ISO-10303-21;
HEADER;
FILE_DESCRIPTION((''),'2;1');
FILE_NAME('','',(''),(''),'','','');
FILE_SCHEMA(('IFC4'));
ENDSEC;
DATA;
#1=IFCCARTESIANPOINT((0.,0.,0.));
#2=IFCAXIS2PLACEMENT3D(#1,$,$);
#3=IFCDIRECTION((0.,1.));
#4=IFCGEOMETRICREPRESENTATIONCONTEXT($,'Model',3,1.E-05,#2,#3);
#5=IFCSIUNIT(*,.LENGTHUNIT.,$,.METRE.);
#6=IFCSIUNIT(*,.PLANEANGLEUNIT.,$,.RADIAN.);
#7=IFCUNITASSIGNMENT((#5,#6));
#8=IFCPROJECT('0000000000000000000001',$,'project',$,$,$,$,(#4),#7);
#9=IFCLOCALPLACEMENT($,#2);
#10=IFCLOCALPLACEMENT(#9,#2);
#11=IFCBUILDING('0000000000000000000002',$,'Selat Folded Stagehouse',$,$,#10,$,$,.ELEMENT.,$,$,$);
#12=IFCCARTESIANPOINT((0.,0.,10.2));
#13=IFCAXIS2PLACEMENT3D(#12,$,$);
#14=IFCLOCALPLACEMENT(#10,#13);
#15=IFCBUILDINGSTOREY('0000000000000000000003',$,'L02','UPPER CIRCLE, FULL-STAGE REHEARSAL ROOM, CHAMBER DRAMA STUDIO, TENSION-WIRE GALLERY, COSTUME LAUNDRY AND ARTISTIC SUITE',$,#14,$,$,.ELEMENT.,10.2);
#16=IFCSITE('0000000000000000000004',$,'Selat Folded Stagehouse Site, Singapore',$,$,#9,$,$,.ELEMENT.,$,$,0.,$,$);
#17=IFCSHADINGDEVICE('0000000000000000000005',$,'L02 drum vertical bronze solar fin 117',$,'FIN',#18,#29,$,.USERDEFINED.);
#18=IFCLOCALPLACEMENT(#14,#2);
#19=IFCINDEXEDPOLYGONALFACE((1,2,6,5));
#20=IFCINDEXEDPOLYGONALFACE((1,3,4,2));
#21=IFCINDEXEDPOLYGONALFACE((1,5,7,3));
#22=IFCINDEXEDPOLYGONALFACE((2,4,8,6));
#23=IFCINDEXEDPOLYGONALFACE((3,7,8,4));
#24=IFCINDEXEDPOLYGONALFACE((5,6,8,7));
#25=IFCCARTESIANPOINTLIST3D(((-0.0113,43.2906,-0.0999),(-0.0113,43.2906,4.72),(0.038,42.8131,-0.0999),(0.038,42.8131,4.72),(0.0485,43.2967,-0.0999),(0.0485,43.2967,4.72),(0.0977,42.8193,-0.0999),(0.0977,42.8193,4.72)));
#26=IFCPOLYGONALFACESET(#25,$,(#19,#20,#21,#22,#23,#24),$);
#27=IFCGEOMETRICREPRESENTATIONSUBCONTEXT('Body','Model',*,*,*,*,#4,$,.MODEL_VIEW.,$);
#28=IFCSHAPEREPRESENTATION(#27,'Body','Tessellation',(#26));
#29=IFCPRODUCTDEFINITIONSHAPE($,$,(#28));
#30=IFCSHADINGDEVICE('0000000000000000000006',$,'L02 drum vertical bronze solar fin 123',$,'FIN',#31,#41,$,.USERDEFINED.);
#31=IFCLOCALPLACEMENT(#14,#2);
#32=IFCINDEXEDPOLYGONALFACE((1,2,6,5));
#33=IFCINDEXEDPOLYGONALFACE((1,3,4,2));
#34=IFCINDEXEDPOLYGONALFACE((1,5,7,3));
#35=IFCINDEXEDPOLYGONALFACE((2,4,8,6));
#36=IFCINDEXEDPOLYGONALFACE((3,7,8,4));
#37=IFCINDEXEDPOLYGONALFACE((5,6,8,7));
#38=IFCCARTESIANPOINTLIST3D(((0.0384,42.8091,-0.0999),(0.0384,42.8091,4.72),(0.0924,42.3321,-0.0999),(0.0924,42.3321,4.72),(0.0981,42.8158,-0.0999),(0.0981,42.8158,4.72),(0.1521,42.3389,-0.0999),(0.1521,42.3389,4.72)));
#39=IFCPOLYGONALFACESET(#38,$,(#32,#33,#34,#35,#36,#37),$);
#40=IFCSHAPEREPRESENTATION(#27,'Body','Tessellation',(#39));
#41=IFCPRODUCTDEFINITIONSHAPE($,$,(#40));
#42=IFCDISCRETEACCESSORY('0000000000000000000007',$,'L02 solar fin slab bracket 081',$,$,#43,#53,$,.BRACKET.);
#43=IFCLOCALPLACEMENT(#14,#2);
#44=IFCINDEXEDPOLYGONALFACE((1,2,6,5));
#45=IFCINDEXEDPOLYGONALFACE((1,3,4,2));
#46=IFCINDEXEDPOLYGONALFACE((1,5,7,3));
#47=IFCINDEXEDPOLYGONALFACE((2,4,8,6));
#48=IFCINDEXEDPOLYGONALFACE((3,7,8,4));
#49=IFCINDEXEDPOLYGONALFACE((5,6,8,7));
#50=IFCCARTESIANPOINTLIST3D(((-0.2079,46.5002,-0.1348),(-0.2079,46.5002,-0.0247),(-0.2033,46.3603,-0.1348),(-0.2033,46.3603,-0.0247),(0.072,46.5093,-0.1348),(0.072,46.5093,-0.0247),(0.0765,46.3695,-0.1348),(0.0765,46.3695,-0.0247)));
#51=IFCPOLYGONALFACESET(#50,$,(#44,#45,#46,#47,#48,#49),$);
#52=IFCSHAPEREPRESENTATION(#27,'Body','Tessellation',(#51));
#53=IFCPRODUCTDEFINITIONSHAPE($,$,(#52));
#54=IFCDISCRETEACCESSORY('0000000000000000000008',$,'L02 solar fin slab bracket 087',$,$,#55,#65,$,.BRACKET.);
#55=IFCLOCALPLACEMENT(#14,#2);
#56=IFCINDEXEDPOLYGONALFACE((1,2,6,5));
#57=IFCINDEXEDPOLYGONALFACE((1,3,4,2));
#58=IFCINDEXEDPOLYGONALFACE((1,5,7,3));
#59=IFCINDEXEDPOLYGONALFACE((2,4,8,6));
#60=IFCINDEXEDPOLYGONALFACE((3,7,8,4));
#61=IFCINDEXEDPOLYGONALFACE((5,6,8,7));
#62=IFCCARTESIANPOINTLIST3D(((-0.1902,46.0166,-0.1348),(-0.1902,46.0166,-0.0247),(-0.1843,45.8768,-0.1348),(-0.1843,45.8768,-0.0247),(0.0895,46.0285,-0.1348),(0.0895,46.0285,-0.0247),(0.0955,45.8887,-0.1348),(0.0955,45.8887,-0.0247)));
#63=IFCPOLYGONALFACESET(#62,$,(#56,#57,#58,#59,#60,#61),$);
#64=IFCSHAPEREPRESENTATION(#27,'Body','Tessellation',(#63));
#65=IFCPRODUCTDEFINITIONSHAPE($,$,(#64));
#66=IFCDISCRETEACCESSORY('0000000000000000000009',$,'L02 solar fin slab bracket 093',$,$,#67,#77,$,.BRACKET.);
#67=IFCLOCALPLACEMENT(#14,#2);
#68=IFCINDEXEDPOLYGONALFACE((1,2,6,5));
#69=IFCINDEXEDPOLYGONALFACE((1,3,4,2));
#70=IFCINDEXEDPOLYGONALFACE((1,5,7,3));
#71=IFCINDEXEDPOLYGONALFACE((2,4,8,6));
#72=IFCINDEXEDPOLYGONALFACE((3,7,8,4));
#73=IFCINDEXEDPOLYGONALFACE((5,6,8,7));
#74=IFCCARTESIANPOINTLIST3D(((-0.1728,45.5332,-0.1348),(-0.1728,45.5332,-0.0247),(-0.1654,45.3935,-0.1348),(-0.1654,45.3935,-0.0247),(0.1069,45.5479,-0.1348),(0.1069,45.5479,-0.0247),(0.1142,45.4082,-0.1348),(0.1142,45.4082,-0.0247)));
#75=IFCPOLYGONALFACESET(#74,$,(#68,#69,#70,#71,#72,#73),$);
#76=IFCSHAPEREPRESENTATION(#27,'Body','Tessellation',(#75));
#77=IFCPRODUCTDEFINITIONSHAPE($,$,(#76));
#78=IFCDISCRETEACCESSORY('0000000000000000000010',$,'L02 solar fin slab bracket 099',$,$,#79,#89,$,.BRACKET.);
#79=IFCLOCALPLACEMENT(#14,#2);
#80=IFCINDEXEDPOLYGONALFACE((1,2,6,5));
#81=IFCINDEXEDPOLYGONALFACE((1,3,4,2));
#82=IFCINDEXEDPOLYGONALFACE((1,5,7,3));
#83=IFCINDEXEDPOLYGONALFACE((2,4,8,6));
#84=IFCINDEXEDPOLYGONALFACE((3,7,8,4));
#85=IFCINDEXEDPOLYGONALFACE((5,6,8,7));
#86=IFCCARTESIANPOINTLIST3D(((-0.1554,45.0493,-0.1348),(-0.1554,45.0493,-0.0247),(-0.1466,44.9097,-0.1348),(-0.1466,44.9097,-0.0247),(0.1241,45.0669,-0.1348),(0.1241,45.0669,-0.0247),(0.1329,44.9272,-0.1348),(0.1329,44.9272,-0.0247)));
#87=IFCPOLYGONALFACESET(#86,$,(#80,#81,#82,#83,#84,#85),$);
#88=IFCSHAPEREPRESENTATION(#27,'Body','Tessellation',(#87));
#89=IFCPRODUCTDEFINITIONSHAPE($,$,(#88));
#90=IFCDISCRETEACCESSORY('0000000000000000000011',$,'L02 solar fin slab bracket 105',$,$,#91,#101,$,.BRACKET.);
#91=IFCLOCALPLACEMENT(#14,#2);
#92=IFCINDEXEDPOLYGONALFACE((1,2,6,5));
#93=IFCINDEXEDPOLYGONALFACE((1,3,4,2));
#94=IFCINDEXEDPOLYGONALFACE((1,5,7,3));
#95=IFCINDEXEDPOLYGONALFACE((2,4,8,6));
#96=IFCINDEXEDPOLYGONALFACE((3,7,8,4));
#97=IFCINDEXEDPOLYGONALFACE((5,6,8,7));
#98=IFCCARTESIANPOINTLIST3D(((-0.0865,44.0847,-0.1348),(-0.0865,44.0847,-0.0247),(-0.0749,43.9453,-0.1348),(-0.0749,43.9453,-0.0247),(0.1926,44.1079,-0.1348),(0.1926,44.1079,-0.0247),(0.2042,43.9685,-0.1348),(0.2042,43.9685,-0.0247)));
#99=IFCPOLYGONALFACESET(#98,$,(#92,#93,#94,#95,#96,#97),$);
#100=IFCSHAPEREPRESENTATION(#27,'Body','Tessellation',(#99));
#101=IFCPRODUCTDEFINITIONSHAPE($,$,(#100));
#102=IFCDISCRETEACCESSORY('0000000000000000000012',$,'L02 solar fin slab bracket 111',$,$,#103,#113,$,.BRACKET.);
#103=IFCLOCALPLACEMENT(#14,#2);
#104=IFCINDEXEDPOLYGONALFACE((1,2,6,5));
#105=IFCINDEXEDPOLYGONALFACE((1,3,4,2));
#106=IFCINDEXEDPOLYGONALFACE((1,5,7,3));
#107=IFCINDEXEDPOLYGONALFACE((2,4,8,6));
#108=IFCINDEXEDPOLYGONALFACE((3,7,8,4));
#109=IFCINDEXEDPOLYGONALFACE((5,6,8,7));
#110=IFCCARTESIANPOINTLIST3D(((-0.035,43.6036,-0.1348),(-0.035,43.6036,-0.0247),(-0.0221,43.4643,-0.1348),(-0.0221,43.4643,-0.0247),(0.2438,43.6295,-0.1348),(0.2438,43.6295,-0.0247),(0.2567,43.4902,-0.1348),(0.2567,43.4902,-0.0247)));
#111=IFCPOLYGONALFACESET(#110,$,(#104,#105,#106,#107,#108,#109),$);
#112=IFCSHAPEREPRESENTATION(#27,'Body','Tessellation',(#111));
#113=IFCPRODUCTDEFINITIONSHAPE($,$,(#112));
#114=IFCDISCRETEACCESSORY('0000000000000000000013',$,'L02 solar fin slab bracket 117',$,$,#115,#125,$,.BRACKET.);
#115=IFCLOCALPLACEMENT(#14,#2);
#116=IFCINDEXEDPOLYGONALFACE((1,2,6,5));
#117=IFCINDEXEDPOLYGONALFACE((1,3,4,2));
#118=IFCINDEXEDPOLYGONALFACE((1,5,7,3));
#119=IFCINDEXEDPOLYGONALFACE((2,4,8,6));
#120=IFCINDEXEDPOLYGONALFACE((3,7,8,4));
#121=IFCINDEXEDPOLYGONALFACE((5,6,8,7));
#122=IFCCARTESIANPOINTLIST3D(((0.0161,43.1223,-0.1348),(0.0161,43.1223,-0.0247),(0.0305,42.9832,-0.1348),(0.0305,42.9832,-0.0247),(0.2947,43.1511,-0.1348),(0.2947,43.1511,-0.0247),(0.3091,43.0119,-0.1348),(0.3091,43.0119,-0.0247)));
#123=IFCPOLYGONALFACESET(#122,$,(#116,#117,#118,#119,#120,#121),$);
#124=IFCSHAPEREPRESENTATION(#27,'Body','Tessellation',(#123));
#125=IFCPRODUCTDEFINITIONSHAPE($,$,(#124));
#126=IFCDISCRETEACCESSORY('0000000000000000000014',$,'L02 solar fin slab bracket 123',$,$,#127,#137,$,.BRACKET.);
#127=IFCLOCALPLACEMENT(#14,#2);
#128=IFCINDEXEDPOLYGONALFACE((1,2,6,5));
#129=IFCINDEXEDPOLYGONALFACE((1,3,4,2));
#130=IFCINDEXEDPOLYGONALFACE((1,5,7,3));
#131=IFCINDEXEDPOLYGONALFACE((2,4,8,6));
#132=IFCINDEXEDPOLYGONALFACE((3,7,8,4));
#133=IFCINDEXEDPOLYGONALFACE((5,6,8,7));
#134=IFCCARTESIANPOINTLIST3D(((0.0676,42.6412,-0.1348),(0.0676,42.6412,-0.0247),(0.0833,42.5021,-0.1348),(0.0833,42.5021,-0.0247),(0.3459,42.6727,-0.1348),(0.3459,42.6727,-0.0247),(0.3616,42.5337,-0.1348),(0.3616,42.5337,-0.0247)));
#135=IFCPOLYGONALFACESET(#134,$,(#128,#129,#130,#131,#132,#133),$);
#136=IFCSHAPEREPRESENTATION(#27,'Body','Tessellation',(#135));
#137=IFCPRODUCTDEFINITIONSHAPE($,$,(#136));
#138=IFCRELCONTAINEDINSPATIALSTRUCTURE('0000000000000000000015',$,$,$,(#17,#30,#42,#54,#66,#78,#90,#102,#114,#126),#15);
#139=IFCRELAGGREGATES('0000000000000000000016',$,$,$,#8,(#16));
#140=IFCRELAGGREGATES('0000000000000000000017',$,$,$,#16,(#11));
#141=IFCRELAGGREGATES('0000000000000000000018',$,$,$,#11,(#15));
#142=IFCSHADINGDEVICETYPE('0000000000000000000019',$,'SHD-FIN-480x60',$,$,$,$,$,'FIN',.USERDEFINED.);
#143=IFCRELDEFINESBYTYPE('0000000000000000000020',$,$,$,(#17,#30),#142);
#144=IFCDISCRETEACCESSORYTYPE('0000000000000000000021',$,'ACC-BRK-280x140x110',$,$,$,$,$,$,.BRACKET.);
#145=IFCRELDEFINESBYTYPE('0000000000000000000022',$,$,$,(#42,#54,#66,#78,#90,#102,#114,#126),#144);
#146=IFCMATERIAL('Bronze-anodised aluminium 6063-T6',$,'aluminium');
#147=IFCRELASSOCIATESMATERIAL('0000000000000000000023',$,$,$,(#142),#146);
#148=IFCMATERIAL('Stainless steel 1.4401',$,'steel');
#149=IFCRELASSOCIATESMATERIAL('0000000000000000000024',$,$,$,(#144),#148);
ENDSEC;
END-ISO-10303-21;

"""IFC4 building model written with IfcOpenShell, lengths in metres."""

from ifc_helpers import new_model, si_unit, direction, frame, origin, origin_2d, place, context, subcontext, project, spatial, rectangle, extrude, material, material_profile, profile_set, type_object, element, save


model = new_model("IFC4")

# Units and contexts
model_context = context("Model", 3, precision=1e-05, world=origin(), true_north=direction((0.0, 1.0)))
body_context = subcontext(model_context, "Body", "Model", "MODEL_VIEW")
ifc_project = project(units=[si_unit("LENGTHUNIT", "METRE"), si_unit("PLANEANGLEUNIT", "RADIAN")], contexts=[model_context])

# Site, building, storey
site_placement = place(None, origin())
site = spatial("IfcSite", under=ifc_project, at=site_placement, Name="Selat Folded Stagehouse Site, Singapore", CompositionType="ELEMENT", RefElevation=0.0)
building_placement = place(site_placement, origin())
building = spatial("IfcBuilding", under=site, at=building_placement, Name="Selat Folded Stagehouse", CompositionType="ELEMENT")
storey_placement = place(building_placement, frame((0.0, 0.0, 10.2)))
storey = spatial("IfcBuildingStorey", under=building, at=storey_placement, Name="L02", Description="UPPER CIRCLE, FULL-STAGE REHEARSAL ROOM, CHAMBER DRAMA STUDIO, TENSION-WIRE GALLERY, COSTUME LAUNDRY AND ARTISTIC SUITE", CompositionType="ELEMENT", Elevation=10.2)

# Shading devices
ifc_material_1 = material(Name="Bronze-anodised aluminium 6063-T6", Category="aluminium")
ifc_material_profile_1 = material_profile(ifc_material_1, rectangle(XDim=0.0601, YDim=0.48, at=origin_2d()), Name="SOLAR-FIN 480x60")
ifc_profile_set_1 = profile_set([ifc_material_profile_1], Name="Bronze-anodised aluminium 6063-T6")
shading_device_type = type_object("IfcShadingDeviceType", Name="SHD-FIN-480x60", ElementType="FIN", PredefinedType="USERDEFINED", material=ifc_profile_set_1)
for number, where, z_axis, x_axis, name in (
    (1, (0.0432, 43.0549, -0.0999), (0.0, 0.0, 1.0), (-0.994721, -0.102619, 0.0), "L02 drum vertical bronze solar fin 117"),
    (2, (0.0952, 42.574, -0.0999), (0.0, 0.0, 1.0), (-0.993651, -0.11251, 0.0), "L02 drum vertical bronze solar fin 123"),
):
    element("IfcShadingDevice", number, at=place(storey_placement, frame(where, z_axis=z_axis, x_axis=x_axis)), inside=storey, type_object=shading_device_type, Name=name, ObjectType="FIN", PredefinedType="USERDEFINED", context=body_context, shape_type="SweptSolid", body=[
        extrude(rectangle(XDim=0.0601, YDim=0.48, at=origin_2d()), origin(), (0.0, 0.0, 1.0), 4.8198),
    ])

# Discrete accessories
ifc_material_2 = material(Name="Stainless steel 1.4401", Category="steel")
discrete_accessory_type = type_object("IfcDiscreteAccessoryType", Name="ACC-BRK-280x140x110", PredefinedType="BRACKET", material=ifc_material_2)
for number, where, z_axis, x_axis, name in (
    (3, (-0.0657, 46.4348, -0.1348), (0.0, 0.0, 1.0), (-0.999467, -0.032632, 0.0), "L02 solar fin slab bracket 081"),
    (4, (-0.0474, 45.9526, -0.1348), (0.0, 0.0, 1.0), (-0.999093, -0.042573, 0.0), "L02 solar fin slab bracket 087"),
    (5, (-0.0293, 45.4707, -0.1348), (0.0, 0.0, 1.0), (-0.99862, -0.05251, 0.0), "L02 solar fin slab bracket 093"),
    (6, (-0.0112, 44.9883, -0.1348), (0.0, 0.0, 1.0), (-0.998038, -0.062616, 0.0), "L02 solar fin slab bracket 099"),
    (7, (0.0588, 44.0266, -0.1348), (0.0, 0.0, 1.0), (-0.99658, -0.082634, 0.0), "L02 solar fin slab bracket 105"),
    (8, (0.1108, 43.5469, -0.1348), (0.0, 0.0, 1.0), (-0.995709, -0.092544, 0.0), "L02 solar fin slab bracket 111"),
    (9, (0.1626, 43.0671, -0.1348), (0.0, 0.0, 1.0), (-0.994721, -0.102619, 0.0), "L02 solar fin slab bracket 117"),
    (10, (0.2146, 42.5874, -0.1348), (0.0, 0.0, 1.0), (-0.993651, -0.11251, 0.0), "L02 solar fin slab bracket 123"),
):
    element("IfcDiscreteAccessory", number, at=place(storey_placement, frame(where, z_axis=z_axis, x_axis=x_axis)), inside=storey, type_object=discrete_accessory_type, Name=name, PredefinedType="BRACKET", context=body_context, shape_type="SweptSolid", body=[
        extrude(rectangle(XDim=0.28, YDim=0.1399, at=origin_2d()), origin(), (0.0, 0.0, 1.0), 0.1101),
    ])

save(model, "model.ifc")
